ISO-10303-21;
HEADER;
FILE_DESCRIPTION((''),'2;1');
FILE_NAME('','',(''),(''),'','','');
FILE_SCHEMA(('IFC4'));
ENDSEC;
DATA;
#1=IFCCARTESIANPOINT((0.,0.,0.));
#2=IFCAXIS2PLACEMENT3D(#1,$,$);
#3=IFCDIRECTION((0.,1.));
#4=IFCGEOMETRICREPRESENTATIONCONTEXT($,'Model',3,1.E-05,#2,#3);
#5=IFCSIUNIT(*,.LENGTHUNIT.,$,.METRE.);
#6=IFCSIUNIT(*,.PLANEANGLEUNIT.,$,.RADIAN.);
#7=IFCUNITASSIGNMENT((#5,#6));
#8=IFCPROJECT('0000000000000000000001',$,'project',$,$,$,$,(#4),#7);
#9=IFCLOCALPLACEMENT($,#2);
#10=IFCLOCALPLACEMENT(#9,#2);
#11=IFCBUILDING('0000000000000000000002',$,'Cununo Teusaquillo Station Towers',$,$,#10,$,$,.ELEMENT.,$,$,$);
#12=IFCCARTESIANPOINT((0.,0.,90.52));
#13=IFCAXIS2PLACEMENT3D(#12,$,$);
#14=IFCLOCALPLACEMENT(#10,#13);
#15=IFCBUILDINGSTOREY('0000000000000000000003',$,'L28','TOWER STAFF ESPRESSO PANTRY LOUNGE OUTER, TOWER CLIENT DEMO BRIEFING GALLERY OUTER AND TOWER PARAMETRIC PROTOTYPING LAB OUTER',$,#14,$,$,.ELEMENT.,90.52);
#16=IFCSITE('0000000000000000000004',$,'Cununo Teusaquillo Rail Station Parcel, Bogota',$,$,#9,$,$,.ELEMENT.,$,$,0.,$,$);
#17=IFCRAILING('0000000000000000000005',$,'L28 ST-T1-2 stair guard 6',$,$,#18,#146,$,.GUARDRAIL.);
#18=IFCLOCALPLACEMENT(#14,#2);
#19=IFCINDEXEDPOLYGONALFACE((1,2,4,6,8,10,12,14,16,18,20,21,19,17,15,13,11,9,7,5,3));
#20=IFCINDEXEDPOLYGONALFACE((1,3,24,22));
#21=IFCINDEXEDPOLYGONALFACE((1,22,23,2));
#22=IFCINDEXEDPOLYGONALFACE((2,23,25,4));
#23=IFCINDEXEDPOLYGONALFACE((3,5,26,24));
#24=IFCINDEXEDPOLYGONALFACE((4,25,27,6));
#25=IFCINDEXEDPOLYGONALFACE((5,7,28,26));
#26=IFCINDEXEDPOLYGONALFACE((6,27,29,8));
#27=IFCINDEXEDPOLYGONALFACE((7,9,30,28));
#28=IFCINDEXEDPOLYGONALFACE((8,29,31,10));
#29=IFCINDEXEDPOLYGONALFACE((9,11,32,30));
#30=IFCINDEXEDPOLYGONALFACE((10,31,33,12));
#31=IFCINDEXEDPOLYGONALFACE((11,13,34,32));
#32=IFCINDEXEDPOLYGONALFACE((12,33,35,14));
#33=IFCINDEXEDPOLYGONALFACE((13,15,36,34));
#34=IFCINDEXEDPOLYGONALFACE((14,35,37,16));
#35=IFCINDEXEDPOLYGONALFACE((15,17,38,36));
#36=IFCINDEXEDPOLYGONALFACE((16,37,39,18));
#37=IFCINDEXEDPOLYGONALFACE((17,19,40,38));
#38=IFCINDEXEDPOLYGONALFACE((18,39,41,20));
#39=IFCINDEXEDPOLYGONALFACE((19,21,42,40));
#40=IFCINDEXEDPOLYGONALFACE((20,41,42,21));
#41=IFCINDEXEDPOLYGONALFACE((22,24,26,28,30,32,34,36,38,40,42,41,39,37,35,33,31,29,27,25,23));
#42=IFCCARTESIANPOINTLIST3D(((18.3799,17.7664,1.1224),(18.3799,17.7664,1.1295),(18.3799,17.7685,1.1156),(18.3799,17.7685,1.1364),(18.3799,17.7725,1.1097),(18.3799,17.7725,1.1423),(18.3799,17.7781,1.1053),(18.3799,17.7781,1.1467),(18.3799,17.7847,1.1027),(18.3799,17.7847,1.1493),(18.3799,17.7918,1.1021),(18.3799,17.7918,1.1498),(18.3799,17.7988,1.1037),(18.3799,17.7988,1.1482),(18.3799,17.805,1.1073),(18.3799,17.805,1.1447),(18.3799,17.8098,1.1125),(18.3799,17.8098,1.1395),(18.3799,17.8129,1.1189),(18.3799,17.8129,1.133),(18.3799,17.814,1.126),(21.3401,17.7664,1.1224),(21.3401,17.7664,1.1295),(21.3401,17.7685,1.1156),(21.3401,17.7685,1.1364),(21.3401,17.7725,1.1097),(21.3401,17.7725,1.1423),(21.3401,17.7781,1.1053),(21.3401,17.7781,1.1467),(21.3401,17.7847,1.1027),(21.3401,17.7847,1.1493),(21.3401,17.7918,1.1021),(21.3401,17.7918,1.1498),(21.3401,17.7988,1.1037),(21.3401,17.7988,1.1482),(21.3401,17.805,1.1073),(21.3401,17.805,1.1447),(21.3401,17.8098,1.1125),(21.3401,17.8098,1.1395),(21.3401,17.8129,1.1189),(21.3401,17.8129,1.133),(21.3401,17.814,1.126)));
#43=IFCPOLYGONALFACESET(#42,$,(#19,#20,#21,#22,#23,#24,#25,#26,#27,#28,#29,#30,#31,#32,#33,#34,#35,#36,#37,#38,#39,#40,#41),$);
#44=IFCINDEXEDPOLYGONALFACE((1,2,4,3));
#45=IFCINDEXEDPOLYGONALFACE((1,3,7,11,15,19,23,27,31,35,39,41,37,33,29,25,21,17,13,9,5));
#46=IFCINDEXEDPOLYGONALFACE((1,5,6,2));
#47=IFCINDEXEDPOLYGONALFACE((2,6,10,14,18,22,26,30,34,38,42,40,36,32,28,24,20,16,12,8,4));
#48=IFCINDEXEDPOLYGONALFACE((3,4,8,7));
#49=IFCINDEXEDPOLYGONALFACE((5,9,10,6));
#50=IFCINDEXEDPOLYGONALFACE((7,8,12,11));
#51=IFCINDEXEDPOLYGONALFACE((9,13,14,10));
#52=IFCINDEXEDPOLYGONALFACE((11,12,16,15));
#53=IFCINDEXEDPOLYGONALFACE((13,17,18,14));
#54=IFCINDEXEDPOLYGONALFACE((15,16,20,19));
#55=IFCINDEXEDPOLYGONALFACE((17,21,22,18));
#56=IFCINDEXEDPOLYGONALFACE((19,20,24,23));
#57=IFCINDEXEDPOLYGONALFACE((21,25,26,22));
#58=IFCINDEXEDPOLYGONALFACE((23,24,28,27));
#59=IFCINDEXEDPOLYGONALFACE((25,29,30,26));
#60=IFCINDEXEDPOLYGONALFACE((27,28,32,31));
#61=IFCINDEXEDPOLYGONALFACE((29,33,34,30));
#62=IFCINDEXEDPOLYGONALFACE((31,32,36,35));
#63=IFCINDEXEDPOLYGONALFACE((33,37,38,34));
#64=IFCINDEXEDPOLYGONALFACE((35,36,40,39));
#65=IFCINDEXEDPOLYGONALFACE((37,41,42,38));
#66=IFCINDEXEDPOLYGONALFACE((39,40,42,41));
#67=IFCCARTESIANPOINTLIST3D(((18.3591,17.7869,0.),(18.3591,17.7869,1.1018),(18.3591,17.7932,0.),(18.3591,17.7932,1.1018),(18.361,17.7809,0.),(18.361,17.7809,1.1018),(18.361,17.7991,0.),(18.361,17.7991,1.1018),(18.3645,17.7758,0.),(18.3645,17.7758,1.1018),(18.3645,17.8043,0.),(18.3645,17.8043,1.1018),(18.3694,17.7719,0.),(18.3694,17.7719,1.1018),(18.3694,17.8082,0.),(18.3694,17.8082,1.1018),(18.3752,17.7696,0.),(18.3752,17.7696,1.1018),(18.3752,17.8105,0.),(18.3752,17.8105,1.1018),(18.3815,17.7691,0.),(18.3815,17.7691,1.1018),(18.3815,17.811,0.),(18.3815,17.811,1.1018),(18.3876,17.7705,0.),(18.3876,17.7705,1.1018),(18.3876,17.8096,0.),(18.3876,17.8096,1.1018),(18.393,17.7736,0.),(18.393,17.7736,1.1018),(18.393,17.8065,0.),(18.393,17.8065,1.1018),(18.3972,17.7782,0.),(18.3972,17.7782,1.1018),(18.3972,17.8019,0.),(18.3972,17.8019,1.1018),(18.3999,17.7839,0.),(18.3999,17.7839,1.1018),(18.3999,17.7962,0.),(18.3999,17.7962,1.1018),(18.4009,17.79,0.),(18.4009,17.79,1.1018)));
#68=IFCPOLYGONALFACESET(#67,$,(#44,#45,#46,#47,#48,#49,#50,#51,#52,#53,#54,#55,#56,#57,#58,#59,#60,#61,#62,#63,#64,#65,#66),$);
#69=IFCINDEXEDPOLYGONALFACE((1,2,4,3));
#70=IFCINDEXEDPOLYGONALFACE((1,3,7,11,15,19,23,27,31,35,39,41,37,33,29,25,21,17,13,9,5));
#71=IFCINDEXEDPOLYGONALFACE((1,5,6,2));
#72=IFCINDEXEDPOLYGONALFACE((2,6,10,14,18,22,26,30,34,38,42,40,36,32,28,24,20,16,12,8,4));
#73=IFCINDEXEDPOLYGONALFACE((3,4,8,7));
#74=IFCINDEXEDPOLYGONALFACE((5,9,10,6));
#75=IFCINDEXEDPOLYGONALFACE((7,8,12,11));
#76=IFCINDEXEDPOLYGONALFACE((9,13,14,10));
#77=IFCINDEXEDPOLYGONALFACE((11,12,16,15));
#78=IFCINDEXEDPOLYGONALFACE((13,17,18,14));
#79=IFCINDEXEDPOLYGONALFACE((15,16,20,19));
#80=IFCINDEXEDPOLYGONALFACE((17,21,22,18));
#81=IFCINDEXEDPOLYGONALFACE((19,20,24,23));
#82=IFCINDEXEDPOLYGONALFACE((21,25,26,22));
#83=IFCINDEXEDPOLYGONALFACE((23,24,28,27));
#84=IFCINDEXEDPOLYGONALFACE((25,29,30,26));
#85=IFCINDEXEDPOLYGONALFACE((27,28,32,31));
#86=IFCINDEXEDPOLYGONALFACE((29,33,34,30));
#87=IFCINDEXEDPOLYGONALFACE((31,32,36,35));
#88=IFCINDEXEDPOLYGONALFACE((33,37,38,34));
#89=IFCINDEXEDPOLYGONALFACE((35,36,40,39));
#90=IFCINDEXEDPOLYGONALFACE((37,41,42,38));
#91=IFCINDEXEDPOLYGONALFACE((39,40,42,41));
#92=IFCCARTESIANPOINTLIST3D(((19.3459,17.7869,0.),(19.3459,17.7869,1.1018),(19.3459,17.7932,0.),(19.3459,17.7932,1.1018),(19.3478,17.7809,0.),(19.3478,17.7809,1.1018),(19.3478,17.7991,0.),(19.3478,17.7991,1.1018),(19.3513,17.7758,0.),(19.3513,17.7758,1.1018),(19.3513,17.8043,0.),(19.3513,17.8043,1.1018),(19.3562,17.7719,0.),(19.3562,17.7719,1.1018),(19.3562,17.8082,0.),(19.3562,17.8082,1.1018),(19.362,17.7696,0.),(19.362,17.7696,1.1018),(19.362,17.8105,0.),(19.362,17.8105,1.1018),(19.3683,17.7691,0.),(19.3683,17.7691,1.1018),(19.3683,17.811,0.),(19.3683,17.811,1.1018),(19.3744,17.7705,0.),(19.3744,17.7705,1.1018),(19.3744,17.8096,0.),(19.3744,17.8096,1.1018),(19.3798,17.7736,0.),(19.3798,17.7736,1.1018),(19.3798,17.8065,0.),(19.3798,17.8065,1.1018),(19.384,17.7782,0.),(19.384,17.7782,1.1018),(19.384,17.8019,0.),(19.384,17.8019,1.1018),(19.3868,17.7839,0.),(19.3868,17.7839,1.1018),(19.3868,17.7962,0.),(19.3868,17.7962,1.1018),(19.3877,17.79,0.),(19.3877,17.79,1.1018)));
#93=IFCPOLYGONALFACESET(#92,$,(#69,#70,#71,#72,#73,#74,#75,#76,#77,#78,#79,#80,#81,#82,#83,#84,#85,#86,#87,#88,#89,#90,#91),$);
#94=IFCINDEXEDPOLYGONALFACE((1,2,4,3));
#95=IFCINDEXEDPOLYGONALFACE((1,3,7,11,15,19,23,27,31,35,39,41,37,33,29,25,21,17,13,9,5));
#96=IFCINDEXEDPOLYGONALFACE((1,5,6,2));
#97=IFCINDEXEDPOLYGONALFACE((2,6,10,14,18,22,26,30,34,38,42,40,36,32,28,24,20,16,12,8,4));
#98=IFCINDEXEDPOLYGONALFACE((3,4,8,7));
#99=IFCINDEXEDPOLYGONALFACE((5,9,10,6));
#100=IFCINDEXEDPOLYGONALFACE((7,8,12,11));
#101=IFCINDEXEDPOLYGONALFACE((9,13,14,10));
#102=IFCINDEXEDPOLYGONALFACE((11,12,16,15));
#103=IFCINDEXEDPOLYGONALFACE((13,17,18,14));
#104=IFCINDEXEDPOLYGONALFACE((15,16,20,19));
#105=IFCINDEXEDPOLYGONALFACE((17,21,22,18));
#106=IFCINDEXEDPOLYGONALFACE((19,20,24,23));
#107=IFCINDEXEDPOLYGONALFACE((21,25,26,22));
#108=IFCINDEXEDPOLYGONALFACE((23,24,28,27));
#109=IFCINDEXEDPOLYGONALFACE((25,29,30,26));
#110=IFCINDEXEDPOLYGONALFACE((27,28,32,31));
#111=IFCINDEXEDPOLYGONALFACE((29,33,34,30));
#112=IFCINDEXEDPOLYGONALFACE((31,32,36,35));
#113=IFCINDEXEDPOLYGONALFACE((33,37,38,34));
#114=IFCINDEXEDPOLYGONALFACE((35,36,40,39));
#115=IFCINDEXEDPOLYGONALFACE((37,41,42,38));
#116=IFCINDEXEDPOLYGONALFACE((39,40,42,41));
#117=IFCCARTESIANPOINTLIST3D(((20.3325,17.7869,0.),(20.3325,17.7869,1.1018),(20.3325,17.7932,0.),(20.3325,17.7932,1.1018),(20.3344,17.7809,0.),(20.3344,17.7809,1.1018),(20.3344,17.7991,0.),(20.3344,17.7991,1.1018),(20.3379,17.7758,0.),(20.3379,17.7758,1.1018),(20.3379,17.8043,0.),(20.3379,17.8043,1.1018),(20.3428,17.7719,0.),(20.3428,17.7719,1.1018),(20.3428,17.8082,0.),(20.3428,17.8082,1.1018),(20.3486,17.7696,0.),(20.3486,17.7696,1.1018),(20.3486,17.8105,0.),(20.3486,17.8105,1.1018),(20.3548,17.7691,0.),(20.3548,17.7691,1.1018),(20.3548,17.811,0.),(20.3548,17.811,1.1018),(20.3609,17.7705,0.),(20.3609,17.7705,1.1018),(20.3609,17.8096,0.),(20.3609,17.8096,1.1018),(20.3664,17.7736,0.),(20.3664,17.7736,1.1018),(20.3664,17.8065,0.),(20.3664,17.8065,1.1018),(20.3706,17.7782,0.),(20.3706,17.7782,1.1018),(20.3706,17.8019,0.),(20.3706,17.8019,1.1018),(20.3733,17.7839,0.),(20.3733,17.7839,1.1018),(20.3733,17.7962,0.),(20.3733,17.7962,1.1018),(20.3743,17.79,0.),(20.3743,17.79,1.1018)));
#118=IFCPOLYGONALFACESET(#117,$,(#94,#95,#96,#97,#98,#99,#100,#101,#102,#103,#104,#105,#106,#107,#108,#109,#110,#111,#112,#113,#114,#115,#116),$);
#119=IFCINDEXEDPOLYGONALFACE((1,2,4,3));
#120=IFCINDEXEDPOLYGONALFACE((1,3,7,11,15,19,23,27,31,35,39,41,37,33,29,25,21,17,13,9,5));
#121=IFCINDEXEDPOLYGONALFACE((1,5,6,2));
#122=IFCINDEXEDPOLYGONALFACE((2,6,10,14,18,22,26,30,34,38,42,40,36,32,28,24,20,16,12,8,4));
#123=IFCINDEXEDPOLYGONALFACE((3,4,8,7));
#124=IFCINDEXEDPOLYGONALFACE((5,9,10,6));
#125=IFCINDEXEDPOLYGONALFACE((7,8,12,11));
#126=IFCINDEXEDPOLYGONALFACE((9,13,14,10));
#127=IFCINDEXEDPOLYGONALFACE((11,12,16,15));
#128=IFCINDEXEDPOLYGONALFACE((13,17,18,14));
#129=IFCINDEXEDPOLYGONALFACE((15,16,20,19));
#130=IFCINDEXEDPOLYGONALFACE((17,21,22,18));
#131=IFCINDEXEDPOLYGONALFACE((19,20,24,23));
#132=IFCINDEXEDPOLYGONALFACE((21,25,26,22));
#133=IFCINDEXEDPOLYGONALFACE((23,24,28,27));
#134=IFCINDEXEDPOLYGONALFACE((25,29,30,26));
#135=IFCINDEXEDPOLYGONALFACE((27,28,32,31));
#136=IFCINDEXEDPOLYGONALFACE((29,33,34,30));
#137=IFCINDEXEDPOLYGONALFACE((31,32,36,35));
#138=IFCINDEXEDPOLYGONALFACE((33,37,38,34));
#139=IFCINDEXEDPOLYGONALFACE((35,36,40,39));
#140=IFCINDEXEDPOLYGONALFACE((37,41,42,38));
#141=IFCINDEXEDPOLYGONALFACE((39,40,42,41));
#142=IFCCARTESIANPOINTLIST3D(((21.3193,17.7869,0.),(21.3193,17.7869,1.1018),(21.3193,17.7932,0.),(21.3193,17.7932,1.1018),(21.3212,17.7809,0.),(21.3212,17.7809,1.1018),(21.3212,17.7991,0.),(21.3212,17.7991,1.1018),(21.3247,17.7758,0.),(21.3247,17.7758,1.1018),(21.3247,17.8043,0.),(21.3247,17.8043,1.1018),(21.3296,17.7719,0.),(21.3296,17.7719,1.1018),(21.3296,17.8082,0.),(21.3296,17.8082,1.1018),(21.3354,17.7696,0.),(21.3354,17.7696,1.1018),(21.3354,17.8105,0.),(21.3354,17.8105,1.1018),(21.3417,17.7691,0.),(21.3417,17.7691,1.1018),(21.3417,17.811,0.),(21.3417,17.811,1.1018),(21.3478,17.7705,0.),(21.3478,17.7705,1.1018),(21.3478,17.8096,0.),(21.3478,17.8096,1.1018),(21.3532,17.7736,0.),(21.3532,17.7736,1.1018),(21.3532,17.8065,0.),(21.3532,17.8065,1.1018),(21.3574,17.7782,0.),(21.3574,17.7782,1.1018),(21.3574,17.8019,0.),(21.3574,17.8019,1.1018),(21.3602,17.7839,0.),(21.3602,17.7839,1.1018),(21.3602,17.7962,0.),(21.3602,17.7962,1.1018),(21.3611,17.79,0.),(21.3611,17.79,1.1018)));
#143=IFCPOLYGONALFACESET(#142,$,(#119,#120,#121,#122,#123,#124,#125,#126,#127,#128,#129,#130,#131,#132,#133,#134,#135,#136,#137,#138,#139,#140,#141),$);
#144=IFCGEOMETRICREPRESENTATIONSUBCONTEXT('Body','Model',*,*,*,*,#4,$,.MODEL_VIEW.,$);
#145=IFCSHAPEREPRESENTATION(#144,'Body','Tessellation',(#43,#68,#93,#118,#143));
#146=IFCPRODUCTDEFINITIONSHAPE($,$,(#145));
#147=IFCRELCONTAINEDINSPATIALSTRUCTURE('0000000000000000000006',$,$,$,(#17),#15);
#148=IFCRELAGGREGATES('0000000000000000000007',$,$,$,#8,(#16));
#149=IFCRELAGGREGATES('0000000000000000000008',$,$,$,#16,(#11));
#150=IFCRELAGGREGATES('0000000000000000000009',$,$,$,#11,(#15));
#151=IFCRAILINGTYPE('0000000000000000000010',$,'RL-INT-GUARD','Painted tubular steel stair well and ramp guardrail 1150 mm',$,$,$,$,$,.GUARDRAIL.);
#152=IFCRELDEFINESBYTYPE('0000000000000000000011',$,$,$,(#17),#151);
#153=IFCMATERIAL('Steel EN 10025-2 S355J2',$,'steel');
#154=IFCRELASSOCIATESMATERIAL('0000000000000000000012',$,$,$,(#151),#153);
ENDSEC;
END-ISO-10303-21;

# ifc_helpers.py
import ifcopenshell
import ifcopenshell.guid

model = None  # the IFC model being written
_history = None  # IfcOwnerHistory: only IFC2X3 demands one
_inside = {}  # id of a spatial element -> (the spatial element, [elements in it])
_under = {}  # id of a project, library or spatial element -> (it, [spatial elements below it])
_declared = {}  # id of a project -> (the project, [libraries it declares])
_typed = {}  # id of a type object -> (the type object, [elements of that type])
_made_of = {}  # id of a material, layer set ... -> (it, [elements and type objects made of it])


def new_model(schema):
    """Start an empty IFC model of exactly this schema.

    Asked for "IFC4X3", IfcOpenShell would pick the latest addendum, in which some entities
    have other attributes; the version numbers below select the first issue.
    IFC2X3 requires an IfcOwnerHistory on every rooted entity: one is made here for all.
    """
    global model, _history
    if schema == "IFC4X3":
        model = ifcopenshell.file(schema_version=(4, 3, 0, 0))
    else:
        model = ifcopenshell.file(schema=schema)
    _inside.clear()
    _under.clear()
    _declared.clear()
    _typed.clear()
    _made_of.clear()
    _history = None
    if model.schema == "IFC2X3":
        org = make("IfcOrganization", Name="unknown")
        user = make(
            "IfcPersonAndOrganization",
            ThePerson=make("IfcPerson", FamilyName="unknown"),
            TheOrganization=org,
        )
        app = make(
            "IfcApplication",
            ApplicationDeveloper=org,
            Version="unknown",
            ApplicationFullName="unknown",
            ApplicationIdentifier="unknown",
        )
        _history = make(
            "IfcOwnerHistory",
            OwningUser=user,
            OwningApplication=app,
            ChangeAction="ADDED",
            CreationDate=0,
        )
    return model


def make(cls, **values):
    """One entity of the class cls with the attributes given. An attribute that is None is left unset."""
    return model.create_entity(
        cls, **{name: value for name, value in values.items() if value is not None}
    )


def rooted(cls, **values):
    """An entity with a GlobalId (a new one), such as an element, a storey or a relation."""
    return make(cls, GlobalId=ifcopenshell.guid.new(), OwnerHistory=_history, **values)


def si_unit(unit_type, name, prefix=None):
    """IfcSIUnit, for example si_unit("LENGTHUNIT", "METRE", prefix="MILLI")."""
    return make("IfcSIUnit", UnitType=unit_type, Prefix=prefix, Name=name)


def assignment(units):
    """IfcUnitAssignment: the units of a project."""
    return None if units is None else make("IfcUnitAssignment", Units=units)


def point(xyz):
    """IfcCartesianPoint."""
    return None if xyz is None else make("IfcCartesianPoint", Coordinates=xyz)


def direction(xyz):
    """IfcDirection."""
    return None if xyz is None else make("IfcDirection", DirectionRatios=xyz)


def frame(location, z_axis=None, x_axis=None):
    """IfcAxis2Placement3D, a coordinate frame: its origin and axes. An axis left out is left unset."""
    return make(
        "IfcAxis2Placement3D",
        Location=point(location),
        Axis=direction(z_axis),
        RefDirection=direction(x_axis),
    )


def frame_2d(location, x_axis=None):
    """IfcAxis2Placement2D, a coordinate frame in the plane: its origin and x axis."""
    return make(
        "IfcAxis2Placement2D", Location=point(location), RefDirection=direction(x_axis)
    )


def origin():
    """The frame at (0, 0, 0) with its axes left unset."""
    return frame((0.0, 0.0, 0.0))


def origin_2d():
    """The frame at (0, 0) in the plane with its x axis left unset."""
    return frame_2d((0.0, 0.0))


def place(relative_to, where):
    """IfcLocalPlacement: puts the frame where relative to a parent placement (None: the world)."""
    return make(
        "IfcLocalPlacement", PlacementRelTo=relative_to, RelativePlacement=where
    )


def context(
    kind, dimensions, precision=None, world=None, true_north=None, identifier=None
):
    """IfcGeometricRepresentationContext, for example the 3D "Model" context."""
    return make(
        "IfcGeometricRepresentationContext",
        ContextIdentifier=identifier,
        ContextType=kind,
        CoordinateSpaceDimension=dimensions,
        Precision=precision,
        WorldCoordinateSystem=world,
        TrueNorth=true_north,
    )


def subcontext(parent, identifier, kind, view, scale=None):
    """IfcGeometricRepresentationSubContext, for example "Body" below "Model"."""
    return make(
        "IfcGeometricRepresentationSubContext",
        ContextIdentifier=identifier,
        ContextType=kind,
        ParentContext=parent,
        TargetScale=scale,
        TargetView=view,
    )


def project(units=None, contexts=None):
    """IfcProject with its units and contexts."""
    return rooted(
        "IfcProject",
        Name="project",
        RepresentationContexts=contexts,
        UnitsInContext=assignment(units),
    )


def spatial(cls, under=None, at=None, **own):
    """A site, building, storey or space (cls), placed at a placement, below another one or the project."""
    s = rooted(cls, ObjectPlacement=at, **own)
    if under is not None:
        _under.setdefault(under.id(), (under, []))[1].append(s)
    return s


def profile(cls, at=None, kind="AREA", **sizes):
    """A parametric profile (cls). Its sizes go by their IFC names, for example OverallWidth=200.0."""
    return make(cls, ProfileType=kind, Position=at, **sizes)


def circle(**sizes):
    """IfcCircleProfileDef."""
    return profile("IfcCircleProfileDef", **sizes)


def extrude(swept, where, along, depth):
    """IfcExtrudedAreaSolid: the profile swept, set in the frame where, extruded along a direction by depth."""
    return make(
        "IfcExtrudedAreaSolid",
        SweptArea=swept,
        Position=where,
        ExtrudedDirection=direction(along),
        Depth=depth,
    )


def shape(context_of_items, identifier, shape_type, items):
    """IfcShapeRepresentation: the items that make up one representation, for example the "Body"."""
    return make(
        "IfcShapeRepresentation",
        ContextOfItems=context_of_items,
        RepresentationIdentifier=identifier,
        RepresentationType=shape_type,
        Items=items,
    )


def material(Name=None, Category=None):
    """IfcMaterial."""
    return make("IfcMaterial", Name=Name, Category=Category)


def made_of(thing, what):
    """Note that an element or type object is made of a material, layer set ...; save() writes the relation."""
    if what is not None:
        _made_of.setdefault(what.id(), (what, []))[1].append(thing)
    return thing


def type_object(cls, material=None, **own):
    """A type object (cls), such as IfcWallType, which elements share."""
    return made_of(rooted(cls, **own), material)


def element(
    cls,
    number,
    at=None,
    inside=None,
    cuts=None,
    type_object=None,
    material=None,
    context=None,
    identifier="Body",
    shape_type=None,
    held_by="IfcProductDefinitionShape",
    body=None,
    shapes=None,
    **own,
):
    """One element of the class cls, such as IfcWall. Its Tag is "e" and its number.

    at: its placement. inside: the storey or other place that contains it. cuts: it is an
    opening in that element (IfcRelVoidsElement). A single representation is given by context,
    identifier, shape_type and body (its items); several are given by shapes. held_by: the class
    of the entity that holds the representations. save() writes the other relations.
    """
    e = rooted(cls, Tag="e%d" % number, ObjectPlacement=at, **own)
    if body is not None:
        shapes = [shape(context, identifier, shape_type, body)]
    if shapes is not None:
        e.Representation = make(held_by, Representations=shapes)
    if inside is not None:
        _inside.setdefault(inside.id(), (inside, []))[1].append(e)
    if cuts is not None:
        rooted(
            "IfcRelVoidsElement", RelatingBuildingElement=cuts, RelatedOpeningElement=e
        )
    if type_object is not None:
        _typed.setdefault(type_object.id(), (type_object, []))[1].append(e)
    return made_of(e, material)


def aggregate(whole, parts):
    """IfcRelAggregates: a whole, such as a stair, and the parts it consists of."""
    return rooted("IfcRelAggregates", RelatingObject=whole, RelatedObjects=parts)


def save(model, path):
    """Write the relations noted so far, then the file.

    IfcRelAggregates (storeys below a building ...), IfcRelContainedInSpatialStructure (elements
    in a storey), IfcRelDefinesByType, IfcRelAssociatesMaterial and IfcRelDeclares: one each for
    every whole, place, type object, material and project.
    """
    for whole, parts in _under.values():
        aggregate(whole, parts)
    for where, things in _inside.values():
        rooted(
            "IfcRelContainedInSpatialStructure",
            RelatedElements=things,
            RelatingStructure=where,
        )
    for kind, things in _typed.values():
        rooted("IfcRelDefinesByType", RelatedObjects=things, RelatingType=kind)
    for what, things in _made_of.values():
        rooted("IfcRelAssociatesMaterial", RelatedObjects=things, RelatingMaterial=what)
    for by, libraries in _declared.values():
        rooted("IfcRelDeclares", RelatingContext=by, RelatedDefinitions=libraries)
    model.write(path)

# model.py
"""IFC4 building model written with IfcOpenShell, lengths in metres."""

from ifc_helpers import new_model, si_unit, direction, frame, origin, origin_2d, place, context, subcontext, project, spatial, circle, extrude, material, type_object, element, save


model = new_model("IFC4")

# Units and contexts
model_context = context("Model", 3, precision=1e-05, world=origin(), true_north=direction((0.0, 1.0)))
body_context = subcontext(model_context, "Body", "Model", "MODEL_VIEW")
ifc_project = project(units=[si_unit("LENGTHUNIT", "METRE"), si_unit("PLANEANGLEUNIT", "RADIAN")], contexts=[model_context])

# Site, building, storey
site_placement = place(None, origin())
site = spatial("IfcSite", under=ifc_project, at=site_placement, Name="Cununo Teusaquillo Rail Station Parcel, Bogota", CompositionType="ELEMENT", RefElevation=0.0)
building_placement = place(site_placement, origin())
building = spatial("IfcBuilding", under=site, at=building_placement, Name="Cununo Teusaquillo Station Towers", CompositionType="ELEMENT")
storey_placement = place(building_placement, frame((0.0, 0.0, 90.52)))
storey = spatial("IfcBuildingStorey", under=building, at=storey_placement, Name="L28", Description="TOWER STAFF ESPRESSO PANTRY LOUNGE OUTER, TOWER CLIENT DEMO BRIEFING GALLERY OUTER AND TOWER PARAMETRIC PROTOTYPING LAB OUTER", CompositionType="ELEMENT", Elevation=90.52)

# Railing
ifc_material_1 = material(Name="Steel EN 10025-2 S355J2", Category="steel")
railing_type_1 = type_object("IfcRailingType", Name="RL-INT-GUARD", Description="Painted tubular steel stair well and ramp guardrail 1150 mm", PredefinedType="GUARDRAIL", material=ifc_material_1)
railing_1_placement = place(storey_placement, frame((18.3799, 17.79, 0.0)))
element("IfcRailing", 1, at=railing_1_placement, inside=storey, type_object=railing_type_1, Name="L28 ST-T1-2 stair guard 6", PredefinedType="GUARDRAIL", context=body_context, shape_type="SweptSolid", body=[
    extrude(circle(Radius=0.0239, at=origin_2d()), frame((0.0, 0.0, 1.126), z_axis=(1.0, 0.0, 0.0), x_axis=(0.0, 1.0, 0.0)), (0.0, 0.0, 1.0), 2.9602),
    extrude(circle(Radius=0.021, at=origin_2d()), origin(), (0.0, 0.0, 1.0), 1.1018),
    extrude(circle(Radius=0.021, at=origin_2d()), frame((0.9868, 0.0, 0.0)), (0.0, 0.0, 1.0), 1.1018),
    extrude(circle(Radius=0.021, at=origin_2d()), frame((1.9734, 0.0, 0.0)), (0.0, 0.0, 1.0), 1.1018),
    extrude(circle(Radius=0.021, at=origin_2d()), frame((2.9602, 0.0, 0.0)), (0.0, 0.0, 1.0), 1.1018),
])

save(model, "model.ifc")
